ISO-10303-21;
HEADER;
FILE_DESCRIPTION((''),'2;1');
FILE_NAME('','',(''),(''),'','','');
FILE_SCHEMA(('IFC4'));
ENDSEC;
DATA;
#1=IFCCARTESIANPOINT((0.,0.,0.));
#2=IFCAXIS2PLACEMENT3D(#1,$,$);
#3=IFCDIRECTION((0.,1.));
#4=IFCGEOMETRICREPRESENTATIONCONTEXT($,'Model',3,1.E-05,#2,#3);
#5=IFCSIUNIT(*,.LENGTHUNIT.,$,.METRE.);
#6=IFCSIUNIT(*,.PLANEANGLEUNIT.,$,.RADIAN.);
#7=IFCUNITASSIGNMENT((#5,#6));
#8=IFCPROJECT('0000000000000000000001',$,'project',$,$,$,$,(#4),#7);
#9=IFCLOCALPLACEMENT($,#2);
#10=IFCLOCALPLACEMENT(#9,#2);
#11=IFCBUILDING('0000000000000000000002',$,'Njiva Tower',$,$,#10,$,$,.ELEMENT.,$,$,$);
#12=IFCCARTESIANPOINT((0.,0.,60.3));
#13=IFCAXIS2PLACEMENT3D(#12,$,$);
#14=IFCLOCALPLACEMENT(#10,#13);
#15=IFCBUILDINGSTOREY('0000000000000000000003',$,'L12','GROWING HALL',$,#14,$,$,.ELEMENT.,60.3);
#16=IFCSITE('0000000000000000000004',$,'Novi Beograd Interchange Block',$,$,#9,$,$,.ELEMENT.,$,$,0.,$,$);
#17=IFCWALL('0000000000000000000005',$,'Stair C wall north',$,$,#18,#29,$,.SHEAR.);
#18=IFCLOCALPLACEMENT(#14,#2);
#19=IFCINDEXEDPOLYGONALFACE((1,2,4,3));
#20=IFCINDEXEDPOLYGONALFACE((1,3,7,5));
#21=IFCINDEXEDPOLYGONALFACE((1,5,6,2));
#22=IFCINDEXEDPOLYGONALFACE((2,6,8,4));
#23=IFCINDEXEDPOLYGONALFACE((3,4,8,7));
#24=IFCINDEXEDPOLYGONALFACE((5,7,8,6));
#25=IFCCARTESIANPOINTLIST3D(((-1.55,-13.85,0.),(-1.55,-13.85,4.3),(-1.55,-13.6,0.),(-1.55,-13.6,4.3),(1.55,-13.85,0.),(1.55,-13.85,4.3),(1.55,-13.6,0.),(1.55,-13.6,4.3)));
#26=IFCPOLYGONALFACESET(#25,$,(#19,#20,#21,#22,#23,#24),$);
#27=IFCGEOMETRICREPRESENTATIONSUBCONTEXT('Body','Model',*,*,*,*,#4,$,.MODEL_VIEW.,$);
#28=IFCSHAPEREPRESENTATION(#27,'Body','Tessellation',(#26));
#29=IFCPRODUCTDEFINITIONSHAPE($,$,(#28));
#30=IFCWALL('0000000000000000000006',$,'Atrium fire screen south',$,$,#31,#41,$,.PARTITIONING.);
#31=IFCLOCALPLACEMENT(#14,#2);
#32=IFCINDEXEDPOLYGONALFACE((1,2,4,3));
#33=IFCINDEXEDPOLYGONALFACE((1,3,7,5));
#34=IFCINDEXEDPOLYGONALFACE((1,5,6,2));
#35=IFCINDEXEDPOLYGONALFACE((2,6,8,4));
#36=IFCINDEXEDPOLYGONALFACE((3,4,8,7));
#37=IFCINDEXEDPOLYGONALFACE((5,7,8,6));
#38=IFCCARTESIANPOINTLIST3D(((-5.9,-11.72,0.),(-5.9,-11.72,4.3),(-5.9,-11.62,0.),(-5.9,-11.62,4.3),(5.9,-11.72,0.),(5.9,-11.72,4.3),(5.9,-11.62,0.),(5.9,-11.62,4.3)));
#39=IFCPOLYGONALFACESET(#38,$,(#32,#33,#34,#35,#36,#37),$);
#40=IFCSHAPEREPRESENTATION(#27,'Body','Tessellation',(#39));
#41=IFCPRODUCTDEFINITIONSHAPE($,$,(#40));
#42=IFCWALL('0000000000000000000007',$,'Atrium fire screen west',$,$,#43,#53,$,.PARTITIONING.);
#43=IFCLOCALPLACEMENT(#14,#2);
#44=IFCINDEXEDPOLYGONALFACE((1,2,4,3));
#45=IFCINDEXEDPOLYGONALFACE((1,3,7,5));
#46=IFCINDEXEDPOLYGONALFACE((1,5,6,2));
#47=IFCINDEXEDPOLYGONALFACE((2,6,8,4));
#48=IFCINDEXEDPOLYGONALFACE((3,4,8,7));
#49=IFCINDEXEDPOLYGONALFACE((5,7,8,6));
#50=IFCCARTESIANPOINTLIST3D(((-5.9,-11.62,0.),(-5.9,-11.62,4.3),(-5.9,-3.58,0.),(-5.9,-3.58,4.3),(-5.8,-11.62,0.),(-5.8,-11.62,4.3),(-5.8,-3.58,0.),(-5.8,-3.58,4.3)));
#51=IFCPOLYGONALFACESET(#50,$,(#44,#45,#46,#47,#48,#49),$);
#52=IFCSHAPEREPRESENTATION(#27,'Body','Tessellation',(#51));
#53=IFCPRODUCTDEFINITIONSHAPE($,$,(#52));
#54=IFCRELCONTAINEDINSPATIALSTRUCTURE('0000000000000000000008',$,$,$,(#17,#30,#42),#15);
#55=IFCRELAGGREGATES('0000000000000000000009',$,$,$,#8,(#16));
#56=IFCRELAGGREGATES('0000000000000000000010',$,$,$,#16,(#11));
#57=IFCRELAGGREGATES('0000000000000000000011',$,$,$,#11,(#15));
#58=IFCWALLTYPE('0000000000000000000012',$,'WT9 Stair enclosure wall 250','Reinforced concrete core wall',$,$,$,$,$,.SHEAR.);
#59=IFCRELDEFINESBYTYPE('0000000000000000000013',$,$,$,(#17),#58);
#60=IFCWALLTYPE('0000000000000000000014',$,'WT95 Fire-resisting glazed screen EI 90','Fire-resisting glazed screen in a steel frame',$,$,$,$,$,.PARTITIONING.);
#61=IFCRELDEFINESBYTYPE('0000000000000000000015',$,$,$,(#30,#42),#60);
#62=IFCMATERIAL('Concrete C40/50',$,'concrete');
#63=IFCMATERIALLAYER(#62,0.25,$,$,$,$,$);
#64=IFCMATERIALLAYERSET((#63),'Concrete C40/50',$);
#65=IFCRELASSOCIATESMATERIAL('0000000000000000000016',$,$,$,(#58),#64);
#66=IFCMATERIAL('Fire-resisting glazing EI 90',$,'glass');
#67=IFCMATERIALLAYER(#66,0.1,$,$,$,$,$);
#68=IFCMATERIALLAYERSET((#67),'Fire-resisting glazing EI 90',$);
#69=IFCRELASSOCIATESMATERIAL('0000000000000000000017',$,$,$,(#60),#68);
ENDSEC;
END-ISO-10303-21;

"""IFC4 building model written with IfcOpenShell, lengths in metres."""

from ifc_helpers import new_model, si_unit, direction, frame, frame_2d, origin, place, context, subcontext, project, spatial, rectangle, extrude, material, layer, layer_set, type_object, element, save


model = new_model("IFC4")

# Units and contexts
model_context = context("Model", 3, precision=1e-05, world=origin(), true_north=direction((0.0, 1.0)))
body_context = subcontext(model_context, "Body", "Model", "MODEL_VIEW")
ifc_project = project(units=[si_unit("LENGTHUNIT", "METRE"), si_unit("PLANEANGLEUNIT", "RADIAN")], contexts=[model_context])

# Site, building, storey
site_placement = place(None, origin())
site = spatial("IfcSite", under=ifc_project, at=site_placement, Name="Novi Beograd Interchange Block", CompositionType="ELEMENT", RefElevation=0.0)
building_placement = place(site_placement, origin())
building = spatial("IfcBuilding", under=site, at=building_placement, Name="Njiva Tower", CompositionType="ELEMENT")
storey_placement = place(building_placement, frame((0.0, 0.0, 60.3)))
storey = spatial("IfcBuildingStorey", under=building, at=storey_placement, Name="L12", Description="GROWING HALL", CompositionType="ELEMENT", Elevation=60.3)

# Walls
ifc_material_1 = material(Name="Concrete C40/50", Category="concrete")
ifc_layer_1 = layer(ifc_material_1, 0.25)
ifc_layer_set_1 = layer_set([ifc_layer_1], Name="Concrete C40/50")
wall_type_1 = type_object("IfcWallType", Name="WT9 Stair enclosure wall 250", Description="Reinforced concrete core wall", PredefinedType="SHEAR", material=ifc_layer_set_1)
wall_1_placement = place(storey_placement, frame((-1.55, -13.725, 0.0), z_axis=(0.0, 0.0, 1.0), x_axis=(1.0, 0.0, 0.0)))
element("IfcWall", 1, at=wall_1_placement, inside=storey, type_object=wall_type_1, Name="Stair C wall north", PredefinedType="SHEAR", context=body_context, shape_type="SweptSolid", body=[
    extrude(rectangle(XDim=3.1, YDim=0.25, at=frame_2d((1.55, 0.0))), origin(), (0.0, 0.0, 1.0), 4.3),
])
ifc_material_2 = material(Name="Fire-resisting glazing EI 90", Category="glass")
ifc_layer_2 = layer(ifc_material_2, 0.1)
ifc_layer_set_2 = layer_set([ifc_layer_2], Name="Fire-resisting glazing EI 90")
wall_type_2 = type_object("IfcWallType", Name="WT95 Fire-resisting glazed screen EI 90", Description="Fire-resisting glazed screen in a steel frame", PredefinedType="PARTITIONING", material=ifc_layer_set_2)
wall_2_placement = place(storey_placement, frame((-5.9, -11.67, 0.0), z_axis=(0.0, 0.0, 1.0), x_axis=(1.0, 0.0, 0.0)))
element("IfcWall", 2, at=wall_2_placement, inside=storey, type_object=wall_type_2, Name="Atrium fire screen south", PredefinedType="PARTITIONING", context=body_context, shape_type="SweptSolid", body=[
    extrude(rectangle(XDim=11.8, YDim=0.1, at=frame_2d((5.9, 0.0))), origin(), (0.0, 0.0, 1.0), 4.3),
])
wall_3_placement = place(storey_placement, frame((-5.85, -3.58, 0.0), z_axis=(0.0, 0.0, 1.0), x_axis=(0.0, -1.0, 0.0)))
element("IfcWall", 3, at=wall_3_placement, inside=storey, type_object=wall_type_2, Name="Atrium fire screen west", PredefinedType="PARTITIONING", context=body_context, shape_type="SweptSolid", body=[
    extrude(rectangle(XDim=8.04, YDim=0.1, at=frame_2d((4.02, 0.0))), origin(), (0.0, 0.0, 1.0), 4.3),
])

save(model, "model.ifc")
